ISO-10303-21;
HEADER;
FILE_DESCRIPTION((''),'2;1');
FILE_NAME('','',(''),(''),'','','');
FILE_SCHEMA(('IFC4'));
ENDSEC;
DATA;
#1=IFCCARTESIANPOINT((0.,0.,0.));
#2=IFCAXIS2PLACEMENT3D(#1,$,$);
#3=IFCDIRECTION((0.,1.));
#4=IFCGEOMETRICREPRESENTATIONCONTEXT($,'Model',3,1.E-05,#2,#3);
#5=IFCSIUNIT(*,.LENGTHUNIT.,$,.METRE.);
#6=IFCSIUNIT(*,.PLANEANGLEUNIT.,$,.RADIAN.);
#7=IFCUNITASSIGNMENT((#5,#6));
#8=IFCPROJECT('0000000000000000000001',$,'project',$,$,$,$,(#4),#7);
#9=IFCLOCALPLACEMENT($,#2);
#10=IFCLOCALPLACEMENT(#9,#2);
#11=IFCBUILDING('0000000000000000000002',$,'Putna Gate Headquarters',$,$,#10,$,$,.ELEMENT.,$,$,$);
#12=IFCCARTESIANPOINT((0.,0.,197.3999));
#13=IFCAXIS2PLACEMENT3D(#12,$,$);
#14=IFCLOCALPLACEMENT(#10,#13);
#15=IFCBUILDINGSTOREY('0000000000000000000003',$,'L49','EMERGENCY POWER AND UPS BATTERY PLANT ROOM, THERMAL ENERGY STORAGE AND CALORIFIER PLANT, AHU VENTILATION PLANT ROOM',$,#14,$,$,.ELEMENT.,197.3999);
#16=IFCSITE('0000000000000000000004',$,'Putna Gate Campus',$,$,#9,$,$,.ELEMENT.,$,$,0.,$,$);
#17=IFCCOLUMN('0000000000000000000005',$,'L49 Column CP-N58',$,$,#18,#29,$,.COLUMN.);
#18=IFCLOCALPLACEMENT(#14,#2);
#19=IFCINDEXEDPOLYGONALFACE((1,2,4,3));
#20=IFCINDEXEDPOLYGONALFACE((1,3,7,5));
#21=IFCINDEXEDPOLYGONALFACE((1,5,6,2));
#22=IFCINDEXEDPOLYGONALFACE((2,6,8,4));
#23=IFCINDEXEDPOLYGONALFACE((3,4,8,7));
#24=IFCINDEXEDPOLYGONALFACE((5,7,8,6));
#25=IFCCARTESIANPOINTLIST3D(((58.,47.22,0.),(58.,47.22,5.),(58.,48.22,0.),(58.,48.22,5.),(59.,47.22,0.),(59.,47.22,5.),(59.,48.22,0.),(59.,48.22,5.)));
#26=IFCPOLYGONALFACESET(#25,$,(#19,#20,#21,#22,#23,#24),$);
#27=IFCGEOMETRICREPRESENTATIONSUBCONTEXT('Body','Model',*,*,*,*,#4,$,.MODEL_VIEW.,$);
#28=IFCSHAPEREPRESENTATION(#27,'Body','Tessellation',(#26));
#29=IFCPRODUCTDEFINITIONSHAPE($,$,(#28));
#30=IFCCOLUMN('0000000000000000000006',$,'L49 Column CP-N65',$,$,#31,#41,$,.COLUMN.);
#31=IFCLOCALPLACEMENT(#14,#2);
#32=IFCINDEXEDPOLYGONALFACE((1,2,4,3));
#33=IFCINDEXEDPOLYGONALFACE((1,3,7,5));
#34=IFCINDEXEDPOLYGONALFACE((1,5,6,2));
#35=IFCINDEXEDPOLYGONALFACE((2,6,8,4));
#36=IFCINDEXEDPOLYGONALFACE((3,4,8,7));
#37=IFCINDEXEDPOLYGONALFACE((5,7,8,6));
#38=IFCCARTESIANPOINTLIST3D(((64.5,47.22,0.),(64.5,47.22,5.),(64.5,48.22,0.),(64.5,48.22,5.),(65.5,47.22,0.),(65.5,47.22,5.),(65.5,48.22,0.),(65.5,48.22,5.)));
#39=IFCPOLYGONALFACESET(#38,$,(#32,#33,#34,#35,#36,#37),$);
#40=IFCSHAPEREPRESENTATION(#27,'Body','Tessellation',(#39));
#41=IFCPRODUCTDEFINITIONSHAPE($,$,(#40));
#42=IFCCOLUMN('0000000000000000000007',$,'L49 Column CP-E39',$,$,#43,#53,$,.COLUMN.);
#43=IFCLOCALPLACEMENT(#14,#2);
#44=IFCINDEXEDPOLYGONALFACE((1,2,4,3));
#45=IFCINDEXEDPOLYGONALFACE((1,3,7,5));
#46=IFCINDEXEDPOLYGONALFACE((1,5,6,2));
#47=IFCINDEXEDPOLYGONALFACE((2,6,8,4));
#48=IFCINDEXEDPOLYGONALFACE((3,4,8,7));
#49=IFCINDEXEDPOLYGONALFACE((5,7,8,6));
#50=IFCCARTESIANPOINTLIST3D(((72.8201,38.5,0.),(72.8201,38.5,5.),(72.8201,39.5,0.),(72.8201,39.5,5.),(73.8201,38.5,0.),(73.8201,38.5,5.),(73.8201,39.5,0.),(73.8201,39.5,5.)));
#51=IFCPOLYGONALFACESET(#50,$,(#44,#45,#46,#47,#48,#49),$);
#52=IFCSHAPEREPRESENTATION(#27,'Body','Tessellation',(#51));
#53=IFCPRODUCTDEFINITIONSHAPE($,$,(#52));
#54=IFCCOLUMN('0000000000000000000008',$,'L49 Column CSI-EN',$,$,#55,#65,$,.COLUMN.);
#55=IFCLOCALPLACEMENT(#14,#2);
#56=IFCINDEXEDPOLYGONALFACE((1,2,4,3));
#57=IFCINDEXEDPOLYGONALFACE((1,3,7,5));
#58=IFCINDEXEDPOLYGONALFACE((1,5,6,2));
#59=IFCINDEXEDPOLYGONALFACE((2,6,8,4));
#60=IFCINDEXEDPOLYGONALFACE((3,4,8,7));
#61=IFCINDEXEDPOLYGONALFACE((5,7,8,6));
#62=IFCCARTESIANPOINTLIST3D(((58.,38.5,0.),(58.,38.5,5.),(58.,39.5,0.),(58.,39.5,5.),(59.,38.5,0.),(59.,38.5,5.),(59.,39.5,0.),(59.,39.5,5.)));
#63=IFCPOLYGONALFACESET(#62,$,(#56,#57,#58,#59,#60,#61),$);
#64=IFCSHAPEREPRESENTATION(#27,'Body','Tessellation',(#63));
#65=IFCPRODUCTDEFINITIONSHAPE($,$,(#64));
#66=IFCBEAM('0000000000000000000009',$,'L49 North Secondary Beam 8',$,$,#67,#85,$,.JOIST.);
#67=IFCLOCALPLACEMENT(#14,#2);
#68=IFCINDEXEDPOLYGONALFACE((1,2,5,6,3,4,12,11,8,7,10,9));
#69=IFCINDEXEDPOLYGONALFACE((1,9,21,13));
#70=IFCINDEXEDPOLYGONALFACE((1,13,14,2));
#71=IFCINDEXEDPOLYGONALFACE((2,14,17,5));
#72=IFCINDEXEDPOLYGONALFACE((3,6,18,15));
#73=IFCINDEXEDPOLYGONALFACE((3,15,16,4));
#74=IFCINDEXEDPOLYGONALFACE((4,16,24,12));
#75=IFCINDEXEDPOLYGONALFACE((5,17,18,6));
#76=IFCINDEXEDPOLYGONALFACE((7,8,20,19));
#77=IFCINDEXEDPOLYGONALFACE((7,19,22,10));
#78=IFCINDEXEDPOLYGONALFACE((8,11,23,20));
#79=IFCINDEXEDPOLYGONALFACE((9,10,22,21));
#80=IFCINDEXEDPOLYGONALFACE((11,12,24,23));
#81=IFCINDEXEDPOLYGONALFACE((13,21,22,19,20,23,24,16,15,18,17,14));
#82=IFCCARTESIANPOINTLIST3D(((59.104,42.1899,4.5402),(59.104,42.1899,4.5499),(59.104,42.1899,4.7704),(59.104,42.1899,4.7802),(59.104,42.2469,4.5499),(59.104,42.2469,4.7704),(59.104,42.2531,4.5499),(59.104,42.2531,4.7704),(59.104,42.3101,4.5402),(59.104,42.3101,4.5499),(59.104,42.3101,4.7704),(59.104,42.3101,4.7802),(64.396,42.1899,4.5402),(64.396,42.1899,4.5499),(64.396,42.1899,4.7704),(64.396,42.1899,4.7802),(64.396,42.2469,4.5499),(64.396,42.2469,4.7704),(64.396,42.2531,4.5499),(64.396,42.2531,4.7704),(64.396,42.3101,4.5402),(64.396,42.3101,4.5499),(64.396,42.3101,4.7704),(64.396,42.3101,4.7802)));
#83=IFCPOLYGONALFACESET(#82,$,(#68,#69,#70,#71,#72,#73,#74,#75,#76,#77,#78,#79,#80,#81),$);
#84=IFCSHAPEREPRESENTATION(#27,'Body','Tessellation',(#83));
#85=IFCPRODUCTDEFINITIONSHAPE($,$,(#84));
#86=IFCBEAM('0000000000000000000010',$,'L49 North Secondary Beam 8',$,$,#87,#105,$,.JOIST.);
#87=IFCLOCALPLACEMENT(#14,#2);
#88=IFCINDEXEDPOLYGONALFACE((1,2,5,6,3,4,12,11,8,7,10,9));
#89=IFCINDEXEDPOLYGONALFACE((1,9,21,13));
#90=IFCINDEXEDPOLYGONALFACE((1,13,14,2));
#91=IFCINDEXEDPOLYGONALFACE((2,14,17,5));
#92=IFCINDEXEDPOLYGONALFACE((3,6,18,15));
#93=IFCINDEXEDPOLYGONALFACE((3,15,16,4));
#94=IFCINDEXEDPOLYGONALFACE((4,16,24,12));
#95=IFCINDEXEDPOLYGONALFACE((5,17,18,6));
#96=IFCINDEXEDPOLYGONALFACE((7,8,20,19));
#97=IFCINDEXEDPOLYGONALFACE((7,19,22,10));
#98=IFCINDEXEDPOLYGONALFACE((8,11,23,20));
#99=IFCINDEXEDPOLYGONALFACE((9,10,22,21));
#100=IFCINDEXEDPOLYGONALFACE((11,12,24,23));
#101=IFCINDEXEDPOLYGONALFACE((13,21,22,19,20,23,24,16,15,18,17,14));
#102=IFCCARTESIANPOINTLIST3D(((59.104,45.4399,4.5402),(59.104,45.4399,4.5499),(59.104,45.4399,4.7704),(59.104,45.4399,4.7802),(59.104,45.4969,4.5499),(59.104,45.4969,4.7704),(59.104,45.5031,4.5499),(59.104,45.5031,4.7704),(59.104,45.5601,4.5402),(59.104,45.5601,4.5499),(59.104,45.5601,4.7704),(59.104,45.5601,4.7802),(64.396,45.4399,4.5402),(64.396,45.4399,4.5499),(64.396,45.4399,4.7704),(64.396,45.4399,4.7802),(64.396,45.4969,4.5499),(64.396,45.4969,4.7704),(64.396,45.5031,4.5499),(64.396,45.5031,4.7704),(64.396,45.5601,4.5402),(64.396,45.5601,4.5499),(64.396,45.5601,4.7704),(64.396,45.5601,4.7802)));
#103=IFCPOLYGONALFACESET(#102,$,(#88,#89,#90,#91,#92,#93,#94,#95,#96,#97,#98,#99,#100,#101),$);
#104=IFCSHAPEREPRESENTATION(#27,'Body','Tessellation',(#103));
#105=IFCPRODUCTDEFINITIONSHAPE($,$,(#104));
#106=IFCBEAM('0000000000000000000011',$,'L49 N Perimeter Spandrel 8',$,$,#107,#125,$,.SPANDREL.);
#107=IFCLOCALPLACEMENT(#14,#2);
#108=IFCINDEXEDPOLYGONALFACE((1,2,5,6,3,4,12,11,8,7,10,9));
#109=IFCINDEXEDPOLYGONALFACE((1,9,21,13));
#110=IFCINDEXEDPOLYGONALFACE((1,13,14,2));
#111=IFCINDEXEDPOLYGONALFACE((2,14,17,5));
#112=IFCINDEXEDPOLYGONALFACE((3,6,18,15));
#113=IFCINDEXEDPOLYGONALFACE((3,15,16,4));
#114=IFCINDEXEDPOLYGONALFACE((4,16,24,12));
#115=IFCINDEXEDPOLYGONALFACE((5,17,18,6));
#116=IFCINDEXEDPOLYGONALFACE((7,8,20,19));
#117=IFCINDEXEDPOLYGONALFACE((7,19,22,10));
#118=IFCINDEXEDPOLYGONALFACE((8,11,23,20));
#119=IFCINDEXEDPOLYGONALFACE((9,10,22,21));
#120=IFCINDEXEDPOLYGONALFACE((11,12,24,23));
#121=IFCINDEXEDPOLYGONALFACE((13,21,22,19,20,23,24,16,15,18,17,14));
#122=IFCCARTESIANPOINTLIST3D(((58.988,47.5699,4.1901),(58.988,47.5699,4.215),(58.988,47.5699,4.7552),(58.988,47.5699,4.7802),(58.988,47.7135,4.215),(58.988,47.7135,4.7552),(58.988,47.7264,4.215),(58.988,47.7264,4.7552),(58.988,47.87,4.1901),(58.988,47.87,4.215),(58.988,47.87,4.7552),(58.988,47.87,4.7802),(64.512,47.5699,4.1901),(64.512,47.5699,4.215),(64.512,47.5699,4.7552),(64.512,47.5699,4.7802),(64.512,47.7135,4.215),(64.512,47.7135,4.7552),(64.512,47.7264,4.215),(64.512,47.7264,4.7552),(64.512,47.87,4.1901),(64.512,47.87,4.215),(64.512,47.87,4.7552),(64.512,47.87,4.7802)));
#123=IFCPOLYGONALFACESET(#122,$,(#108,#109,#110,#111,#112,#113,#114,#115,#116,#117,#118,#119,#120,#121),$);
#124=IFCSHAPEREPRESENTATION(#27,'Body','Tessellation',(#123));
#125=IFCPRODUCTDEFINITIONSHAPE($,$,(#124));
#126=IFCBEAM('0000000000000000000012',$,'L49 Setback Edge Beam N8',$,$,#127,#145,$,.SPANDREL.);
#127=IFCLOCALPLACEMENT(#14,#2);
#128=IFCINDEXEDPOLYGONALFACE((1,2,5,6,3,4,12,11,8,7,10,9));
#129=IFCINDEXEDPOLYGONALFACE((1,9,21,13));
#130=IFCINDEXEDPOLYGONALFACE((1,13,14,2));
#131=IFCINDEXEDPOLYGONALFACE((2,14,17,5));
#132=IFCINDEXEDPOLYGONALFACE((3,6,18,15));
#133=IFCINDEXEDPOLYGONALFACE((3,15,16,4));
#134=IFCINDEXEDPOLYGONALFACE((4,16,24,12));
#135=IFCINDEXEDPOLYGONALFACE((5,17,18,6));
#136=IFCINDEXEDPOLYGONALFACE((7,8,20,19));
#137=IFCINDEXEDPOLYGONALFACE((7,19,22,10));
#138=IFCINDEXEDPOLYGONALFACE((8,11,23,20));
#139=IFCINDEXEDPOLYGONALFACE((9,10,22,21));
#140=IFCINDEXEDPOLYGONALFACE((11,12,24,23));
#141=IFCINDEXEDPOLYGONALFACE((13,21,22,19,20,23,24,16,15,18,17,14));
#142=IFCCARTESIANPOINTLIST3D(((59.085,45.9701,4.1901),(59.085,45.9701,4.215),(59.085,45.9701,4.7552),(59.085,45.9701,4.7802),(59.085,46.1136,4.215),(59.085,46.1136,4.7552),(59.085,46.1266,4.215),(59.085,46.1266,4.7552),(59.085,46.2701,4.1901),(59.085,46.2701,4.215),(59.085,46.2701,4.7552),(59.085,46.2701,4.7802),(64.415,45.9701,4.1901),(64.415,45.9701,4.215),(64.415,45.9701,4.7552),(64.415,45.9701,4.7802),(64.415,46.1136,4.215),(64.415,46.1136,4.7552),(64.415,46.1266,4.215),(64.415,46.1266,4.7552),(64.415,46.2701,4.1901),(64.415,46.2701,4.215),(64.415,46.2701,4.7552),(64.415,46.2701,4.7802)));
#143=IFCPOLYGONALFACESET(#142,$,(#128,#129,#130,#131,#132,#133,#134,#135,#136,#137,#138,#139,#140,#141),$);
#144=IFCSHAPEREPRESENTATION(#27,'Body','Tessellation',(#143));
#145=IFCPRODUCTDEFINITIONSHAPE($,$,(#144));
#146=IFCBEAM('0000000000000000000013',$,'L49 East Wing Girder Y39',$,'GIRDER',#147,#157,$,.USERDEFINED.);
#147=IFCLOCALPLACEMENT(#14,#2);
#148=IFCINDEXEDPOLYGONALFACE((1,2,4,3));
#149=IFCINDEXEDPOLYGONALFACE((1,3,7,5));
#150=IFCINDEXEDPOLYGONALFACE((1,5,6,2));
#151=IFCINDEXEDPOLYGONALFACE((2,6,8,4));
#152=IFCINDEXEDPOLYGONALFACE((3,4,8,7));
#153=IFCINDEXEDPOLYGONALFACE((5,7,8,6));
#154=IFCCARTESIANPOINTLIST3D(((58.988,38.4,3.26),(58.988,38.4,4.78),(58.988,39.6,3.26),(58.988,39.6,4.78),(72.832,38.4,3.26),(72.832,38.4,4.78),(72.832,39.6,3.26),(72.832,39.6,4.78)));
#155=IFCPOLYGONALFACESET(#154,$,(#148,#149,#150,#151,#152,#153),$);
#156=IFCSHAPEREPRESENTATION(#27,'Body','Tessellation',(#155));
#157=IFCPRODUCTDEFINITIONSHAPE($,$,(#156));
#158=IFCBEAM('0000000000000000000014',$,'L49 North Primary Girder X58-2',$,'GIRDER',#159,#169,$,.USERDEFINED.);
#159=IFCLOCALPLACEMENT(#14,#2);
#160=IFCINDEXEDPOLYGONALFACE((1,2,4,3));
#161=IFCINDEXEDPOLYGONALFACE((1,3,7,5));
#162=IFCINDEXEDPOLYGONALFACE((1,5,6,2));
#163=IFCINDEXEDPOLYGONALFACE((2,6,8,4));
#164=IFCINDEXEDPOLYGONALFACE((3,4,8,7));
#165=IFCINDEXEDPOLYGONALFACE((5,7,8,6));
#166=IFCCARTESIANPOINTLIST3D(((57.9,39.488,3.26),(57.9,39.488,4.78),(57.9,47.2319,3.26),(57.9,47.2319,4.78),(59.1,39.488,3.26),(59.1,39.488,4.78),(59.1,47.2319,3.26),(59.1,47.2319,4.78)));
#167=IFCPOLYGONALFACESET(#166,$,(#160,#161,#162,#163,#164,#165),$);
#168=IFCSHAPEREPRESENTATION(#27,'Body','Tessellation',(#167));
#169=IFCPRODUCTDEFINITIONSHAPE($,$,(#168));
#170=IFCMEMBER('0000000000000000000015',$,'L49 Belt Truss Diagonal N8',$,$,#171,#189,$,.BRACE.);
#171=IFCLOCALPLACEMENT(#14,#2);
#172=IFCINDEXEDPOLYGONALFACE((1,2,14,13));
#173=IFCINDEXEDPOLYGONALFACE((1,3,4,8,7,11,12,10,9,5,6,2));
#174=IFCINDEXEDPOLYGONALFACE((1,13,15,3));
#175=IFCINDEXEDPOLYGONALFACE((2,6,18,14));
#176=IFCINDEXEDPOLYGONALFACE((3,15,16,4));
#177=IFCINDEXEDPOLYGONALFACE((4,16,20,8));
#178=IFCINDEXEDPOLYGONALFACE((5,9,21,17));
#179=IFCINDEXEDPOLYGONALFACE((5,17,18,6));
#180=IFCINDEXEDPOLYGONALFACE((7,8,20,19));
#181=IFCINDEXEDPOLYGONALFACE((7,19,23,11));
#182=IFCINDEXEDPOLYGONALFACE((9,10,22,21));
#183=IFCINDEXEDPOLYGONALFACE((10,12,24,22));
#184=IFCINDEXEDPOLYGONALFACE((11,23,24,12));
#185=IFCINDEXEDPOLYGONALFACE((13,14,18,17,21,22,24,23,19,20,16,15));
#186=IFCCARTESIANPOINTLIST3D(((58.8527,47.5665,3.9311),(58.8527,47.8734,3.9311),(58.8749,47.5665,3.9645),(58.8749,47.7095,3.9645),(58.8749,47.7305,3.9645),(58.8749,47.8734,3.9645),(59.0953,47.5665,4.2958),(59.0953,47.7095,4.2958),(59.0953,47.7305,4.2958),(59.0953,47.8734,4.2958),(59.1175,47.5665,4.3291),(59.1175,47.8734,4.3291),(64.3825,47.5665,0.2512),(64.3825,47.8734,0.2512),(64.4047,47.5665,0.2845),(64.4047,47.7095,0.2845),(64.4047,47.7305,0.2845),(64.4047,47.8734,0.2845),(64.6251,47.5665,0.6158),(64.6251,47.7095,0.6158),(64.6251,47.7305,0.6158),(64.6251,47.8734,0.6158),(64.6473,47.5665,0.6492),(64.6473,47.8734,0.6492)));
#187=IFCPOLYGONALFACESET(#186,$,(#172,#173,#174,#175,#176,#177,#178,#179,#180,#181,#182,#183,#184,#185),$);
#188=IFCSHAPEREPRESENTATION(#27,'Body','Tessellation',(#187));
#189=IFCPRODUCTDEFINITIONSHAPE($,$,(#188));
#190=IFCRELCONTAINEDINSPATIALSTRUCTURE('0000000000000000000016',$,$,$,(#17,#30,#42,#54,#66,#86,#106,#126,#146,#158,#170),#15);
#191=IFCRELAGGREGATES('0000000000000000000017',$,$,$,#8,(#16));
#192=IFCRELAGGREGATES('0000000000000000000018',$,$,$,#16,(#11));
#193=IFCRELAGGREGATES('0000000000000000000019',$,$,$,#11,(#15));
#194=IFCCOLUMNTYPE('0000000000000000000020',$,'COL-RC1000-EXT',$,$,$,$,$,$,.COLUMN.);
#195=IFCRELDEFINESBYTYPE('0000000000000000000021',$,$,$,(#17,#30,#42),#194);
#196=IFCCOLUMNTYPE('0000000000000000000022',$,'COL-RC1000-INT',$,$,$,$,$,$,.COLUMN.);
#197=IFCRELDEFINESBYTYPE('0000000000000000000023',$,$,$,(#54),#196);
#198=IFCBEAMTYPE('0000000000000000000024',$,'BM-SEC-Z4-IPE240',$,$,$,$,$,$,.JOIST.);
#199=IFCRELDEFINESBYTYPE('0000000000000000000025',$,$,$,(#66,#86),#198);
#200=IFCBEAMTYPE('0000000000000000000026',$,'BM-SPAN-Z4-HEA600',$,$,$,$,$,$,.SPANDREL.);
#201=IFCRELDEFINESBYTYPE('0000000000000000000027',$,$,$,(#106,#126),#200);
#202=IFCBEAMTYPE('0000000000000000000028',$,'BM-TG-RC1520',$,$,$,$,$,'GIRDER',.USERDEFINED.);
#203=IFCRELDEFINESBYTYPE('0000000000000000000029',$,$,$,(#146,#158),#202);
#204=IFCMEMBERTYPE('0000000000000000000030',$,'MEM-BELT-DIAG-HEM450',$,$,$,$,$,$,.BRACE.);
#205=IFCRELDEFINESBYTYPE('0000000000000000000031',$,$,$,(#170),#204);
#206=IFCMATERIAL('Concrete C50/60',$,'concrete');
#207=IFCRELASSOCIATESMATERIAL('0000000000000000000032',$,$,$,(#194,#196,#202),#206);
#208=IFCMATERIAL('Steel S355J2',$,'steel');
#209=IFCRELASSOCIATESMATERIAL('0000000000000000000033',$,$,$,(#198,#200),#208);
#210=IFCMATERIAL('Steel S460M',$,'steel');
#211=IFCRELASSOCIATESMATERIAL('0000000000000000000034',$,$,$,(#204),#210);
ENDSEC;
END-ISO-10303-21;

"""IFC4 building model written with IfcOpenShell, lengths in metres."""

from ifc_helpers import new_model, si_unit, direction, frame, origin, origin_2d, place, context, subcontext, project, spatial, rectangle, i_section, extrude, material, material_profile, profile_set, type_object, element, save


model = new_model("IFC4")

# Units and contexts
model_context = context("Model", 3, precision=1e-05, world=origin(), true_north=direction((0.0, 1.0)))
body_context = subcontext(model_context, "Body", "Model", "MODEL_VIEW")
ifc_project = project(units=[si_unit("LENGTHUNIT", "METRE"), si_unit("PLANEANGLEUNIT", "RADIAN")], contexts=[model_context])

# Site, building, storey
site_placement = place(None, origin())
site = spatial("IfcSite", under=ifc_project, at=site_placement, Name="Putna Gate Campus", CompositionType="ELEMENT", RefElevation=0.0)
building_placement = place(site_placement, origin())
building = spatial("IfcBuilding", under=site, at=building_placement, Name="Putna Gate Headquarters", CompositionType="ELEMENT")
storey_placement = place(building_placement, frame((0.0, 0.0, 197.3999)))
storey = spatial("IfcBuildingStorey", under=building, at=storey_placement, Name="L49", Description="EMERGENCY POWER AND UPS BATTERY PLANT ROOM, THERMAL ENERGY STORAGE AND CALORIFIER PLANT, AHU VENTILATION PLANT ROOM", CompositionType="ELEMENT", Elevation=197.3999)

# Columns
ifc_material_1 = material(Name="Concrete C50/60", Category="concrete")
ifc_material_profile_1 = material_profile(ifc_material_1, rectangle(XDim=1.0, YDim=1.0, at=origin_2d()), Name="Concrete C50/60")
ifc_profile_set_1 = profile_set([ifc_material_profile_1], Name="Concrete C50/60")
column_type_1 = type_object("IfcColumnType", Name="COL-RC1000-EXT", PredefinedType="COLUMN", material=ifc_profile_set_1)
for number, where, z_axis, x_axis, name in (
    (1, (58.5, 47.72, 0.0), (0.0, 0.0, 1.0), (1.0, 0.0, 0.0), "L49 Column CP-N58"),
    (2, (65.0, 47.72, 0.0), (0.0, 0.0, 1.0), (1.0, 0.0, 0.0), "L49 Column CP-N65"),
    (3, (73.3201, 39.0, 0.0), (0.0, 0.0, 1.0), (1.0, 0.0, 0.0), "L49 Column CP-E39"),
):
    element("IfcColumn", number, at=place(storey_placement, frame(where, z_axis=z_axis, x_axis=x_axis)), inside=storey, type_object=column_type_1, Name=name, PredefinedType="COLUMN", context=body_context, shape_type="SweptSolid", body=[
        extrude(rectangle(XDim=1.0, YDim=1.0, at=origin_2d()), origin(), (0.0, 0.0, 1.0), 5.0),
    ])
ifc_material_profile_2 = material_profile(ifc_material_1, rectangle(XDim=1.0, YDim=1.0, at=origin_2d()), Name="Concrete C50/60")
ifc_profile_set_2 = profile_set([ifc_material_profile_2], Name="Concrete C50/60")
column_type_2 = type_object("IfcColumnType", Name="COL-RC1000-INT", PredefinedType="COLUMN", material=ifc_profile_set_2)
column_placement = place(storey_placement, frame((58.5, 39.0, 0.0), z_axis=(0.0, 0.0, 1.0), x_axis=(1.0, 0.0, 0.0)))
element("IfcColumn", 4, at=column_placement, inside=storey, type_object=column_type_2, Name="L49 Column CSI-EN", PredefinedType="COLUMN", context=body_context, shape_type="SweptSolid", body=[
    extrude(rectangle(XDim=1.0, YDim=1.0, at=origin_2d()), origin(), (0.0, 0.0, 1.0), 5.0),
])

# Beams
ifc_material_2 = material(Name="Steel S355J2", Category="steel")
ifc_material_profile_3 = material_profile(ifc_material_2, i_section(OverallWidth=0.1201, OverallDepth=0.24, WebThickness=0.0061, FlangeThickness=0.0098, at=origin_2d()), Name="Steel S355J2")
ifc_profile_set_3 = profile_set([ifc_material_profile_3], Name="Steel S355J2")
beam_type_1 = type_object("IfcBeamType", Name="BM-SEC-Z4-IPE240", PredefinedType="JOIST", material=ifc_profile_set_3)
for number, where, z_axis, x_axis, name in (
    (5, (59.104, 42.25, 4.6602), (1.0, 0.0, 0.0), (0.0, 1.0, 0.0), "L49 North Secondary Beam 8"),
    (6, (59.104, 45.5, 4.6602), (1.0, 0.0, 0.0), (0.0, 1.0, 0.0), "L49 North Secondary Beam 8"),
):
    element("IfcBeam", number, at=place(storey_placement, frame(where, z_axis=z_axis, x_axis=x_axis)), inside=storey, type_object=beam_type_1, Name=name, PredefinedType="JOIST", context=body_context, shape_type="SweptSolid", body=[
        extrude(i_section(OverallWidth=0.1201, OverallDepth=0.24, WebThickness=0.0061, FlangeThickness=0.0098, at=origin_2d()), origin(), (0.0, 0.0, 1.0), 5.292),
    ])
ifc_material_profile_4 = material_profile(ifc_material_2, i_section(OverallWidth=0.3, OverallDepth=0.5901, WebThickness=0.0129, FlangeThickness=0.0249, at=origin_2d()), Name="Steel S355J2")
ifc_profile_set_4 = profile_set([ifc_material_profile_4], Name="Steel S355J2")
beam_type_2 = type_object("IfcBeamType", Name="BM-SPAN-Z4-HEA600", PredefinedType="SPANDREL", material=ifc_profile_set_4)
beam_1_placement = place(storey_placement, frame((58.988, 47.72, 4.4851), z_axis=(1.0, 0.0, 0.0), x_axis=(0.0, 1.0, 0.0)))
element("IfcBeam", 7, at=beam_1_placement, inside=storey, type_object=beam_type_2, Name="L49 N Perimeter Spandrel 8", PredefinedType="SPANDREL", context=body_context, shape_type="SweptSolid", body=[
    extrude(i_section(OverallWidth=0.3, OverallDepth=0.5901, WebThickness=0.0129, FlangeThickness=0.0249, at=origin_2d()), origin(), (0.0, 0.0, 1.0), 5.5239),
])
beam_2_placement = place(storey_placement, frame((59.085, 46.1201, 4.4851), z_axis=(1.0, 0.0, 0.0), x_axis=(0.0, 1.0, 0.0)))
element("IfcBeam", 8, at=beam_2_placement, inside=storey, type_object=beam_type_2, Name="L49 Setback Edge Beam N8", PredefinedType="SPANDREL", context=body_context, shape_type="SweptSolid", body=[
    extrude(i_section(OverallWidth=0.3, OverallDepth=0.5901, WebThickness=0.0129, FlangeThickness=0.0249, at=origin_2d()), origin(), (0.0, 0.0, 1.0), 5.3301),
])
ifc_material_profile_5 = material_profile(ifc_material_1, rectangle(XDim=1.2, YDim=1.52, at=origin_2d()), Name="Concrete C50/60")
ifc_profile_set_5 = profile_set([ifc_material_profile_5], Name="Concrete C50/60")
beam_type_3 = type_object("IfcBeamType", Name="BM-TG-RC1520", ElementType="GIRDER", PredefinedType="USERDEFINED", material=ifc_profile_set_5)
beam_3_placement = place(storey_placement, frame((58.988, 39.0, 4.02), z_axis=(1.0, 0.0, 0.0), x_axis=(0.0, 1.0, 0.0)))
element("IfcBeam", 9, at=beam_3_placement, inside=storey, type_object=beam_type_3, Name="L49 East Wing Girder Y39", ObjectType="GIRDER", PredefinedType="USERDEFINED", context=body_context, shape_type="SweptSolid", body=[
    extrude(rectangle(XDim=1.2, YDim=1.52, at=origin_2d()), origin(), (0.0, 0.0, 1.0), 13.844),
])
beam_4_placement = place(storey_placement, frame((58.5, 39.488, 4.02), z_axis=(0.0, 1.0, 0.0), x_axis=(-1.0, 0.0, 0.0)))
element("IfcBeam", 10, at=beam_4_placement, inside=storey, type_object=beam_type_3, Name="L49 North Primary Girder X58-2", ObjectType="GIRDER", PredefinedType="USERDEFINED", context=body_context, shape_type="SweptSolid", body=[
    extrude(rectangle(XDim=1.2, YDim=1.52, at=origin_2d()), origin(), (0.0, 0.0, 1.0), 7.7439),
])

# Member
ifc_material_3 = material(Name="Steel S460M", Category="steel")
ifc_material_profile_6 = material_profile(ifc_material_3, i_section(OverallWidth=0.3069, OverallDepth=0.478, WebThickness=0.021, FlangeThickness=0.04, at=origin_2d()), Name="Steel S460M")
ifc_profile_set_6 = profile_set([ifc_material_profile_6], Name="Steel S460M")
member_type_1 = type_object("IfcMemberType", Name="MEM-BELT-DIAG-HEM450", PredefinedType="BRACE", material=ifc_profile_set_6)
member_1_placement = place(storey_placement, frame((58.9851, 47.72, 4.1301), z_axis=(0.832508, 0.0, -0.554013), x_axis=(0.0, 1.0, 0.0)))
element("IfcMember", 11, at=member_1_placement, inside=storey, type_object=member_type_1, Name="L49 Belt Truss Diagonal N8", PredefinedType="BRACE", context=body_context, shape_type="SweptSolid", body=[
    extrude(i_section(OverallWidth=0.3069, OverallDepth=0.478, WebThickness=0.021, FlangeThickness=0.04, at=origin_2d()), origin(), (0.0, 0.0, 1.0), 6.6423),
])

save(model, "model.ifc")
